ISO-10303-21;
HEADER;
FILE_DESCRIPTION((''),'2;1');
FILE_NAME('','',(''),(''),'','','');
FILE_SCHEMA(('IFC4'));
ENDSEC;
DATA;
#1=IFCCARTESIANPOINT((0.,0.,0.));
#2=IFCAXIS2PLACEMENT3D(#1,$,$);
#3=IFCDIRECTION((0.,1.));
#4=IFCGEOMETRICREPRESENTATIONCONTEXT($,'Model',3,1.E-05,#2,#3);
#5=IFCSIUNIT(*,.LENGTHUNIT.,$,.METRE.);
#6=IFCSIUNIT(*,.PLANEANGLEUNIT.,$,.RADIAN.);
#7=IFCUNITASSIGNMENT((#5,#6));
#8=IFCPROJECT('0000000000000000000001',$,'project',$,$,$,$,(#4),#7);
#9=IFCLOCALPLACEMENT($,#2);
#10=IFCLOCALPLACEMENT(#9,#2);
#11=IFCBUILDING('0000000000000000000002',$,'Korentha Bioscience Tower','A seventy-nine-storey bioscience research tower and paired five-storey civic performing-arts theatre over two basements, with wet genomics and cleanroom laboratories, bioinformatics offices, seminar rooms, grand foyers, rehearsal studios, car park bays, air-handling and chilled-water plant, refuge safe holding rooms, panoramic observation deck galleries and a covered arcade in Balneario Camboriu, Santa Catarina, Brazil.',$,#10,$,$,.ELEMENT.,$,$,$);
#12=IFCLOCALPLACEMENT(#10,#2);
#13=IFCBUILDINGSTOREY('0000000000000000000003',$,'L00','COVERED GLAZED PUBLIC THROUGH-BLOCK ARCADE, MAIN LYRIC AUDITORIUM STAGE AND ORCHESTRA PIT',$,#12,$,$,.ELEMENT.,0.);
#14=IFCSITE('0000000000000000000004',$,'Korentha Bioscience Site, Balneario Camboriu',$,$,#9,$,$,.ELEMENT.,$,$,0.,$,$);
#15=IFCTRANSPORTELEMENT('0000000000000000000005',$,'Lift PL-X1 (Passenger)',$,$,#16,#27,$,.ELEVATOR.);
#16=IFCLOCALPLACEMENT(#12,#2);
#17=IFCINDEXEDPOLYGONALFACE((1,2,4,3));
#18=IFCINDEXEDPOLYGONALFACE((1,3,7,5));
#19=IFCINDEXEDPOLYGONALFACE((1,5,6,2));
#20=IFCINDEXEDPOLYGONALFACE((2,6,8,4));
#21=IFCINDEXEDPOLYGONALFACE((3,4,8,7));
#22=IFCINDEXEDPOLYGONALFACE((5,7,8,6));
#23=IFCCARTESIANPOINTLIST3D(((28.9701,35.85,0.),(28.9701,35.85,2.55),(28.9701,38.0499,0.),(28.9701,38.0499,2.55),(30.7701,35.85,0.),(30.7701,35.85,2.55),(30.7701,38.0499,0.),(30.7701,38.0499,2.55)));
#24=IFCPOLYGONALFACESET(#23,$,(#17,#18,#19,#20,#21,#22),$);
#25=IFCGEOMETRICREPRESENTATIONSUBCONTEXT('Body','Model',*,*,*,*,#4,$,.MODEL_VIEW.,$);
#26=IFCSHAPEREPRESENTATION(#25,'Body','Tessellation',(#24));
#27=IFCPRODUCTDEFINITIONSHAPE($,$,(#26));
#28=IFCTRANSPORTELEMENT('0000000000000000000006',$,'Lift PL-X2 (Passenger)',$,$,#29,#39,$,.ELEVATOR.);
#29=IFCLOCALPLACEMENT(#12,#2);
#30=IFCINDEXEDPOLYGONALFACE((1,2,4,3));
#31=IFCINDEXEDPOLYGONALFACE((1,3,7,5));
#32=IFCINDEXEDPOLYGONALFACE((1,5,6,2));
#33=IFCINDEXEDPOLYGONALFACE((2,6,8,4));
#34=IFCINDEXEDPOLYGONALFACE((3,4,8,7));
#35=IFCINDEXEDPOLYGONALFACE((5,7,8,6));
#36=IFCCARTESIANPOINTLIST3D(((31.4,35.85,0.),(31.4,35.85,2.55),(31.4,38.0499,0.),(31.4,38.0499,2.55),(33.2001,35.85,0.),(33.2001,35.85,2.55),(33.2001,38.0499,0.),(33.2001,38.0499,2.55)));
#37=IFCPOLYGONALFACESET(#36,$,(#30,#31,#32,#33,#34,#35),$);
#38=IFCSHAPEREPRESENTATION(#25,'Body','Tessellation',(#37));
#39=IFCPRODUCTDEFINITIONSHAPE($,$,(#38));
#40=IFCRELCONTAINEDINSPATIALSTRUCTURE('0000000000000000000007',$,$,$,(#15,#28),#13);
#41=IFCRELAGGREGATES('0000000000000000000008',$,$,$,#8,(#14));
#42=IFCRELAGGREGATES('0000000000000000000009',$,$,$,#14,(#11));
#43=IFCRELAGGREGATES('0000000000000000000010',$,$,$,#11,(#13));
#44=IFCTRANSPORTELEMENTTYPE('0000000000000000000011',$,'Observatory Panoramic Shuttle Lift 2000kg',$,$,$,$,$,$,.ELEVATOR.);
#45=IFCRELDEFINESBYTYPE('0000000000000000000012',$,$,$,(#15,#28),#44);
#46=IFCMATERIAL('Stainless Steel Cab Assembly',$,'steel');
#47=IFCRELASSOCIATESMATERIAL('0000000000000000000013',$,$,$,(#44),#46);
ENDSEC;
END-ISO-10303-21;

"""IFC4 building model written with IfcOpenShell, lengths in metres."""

from ifc_helpers import new_model, si_unit, direction, frame, origin, origin_2d, place, context, subcontext, project, spatial, rectangle, extrude, material, type_object, element, save


model = new_model("IFC4")

# Units and contexts
model_context = context("Model", 3, precision=1e-05, world=origin(), true_north=direction((0.0, 1.0)))
body_context = subcontext(model_context, "Body", "Model", "MODEL_VIEW")
ifc_project = project(units=[si_unit("LENGTHUNIT", "METRE"), si_unit("PLANEANGLEUNIT", "RADIAN")], contexts=[model_context])

# Site, building, storey
site_placement = place(None, origin())
site = spatial("IfcSite", under=ifc_project, at=site_placement, Name="Korentha Bioscience Site, Balneario Camboriu", CompositionType="ELEMENT", RefElevation=0.0)
building_placement = place(site_placement, origin())
building = spatial("IfcBuilding", under=site, at=building_placement, Name="Korentha Bioscience Tower", Description="A seventy-nine-storey bioscience research tower and paired five-storey civic performing-arts theatre over two basements, with wet genomics and cleanroom laboratories, bioinformatics offices, seminar rooms, grand foyers, rehearsal studios, car park bays, air-handling and chilled-water plant, refuge safe holding rooms, panoramic observation deck galleries and a covered arcade in Balneario Camboriu, Santa Catarina, Brazil.", CompositionType="ELEMENT")
storey_placement = place(building_placement, origin())
storey = spatial("IfcBuildingStorey", under=building, at=storey_placement, Name="L00", Description="COVERED GLAZED PUBLIC THROUGH-BLOCK ARCADE, MAIN LYRIC AUDITORIUM STAGE AND ORCHESTRA PIT", CompositionType="ELEMENT", Elevation=0.0)

# Transport elements
ifc_material_1 = material(Name="Stainless Steel Cab Assembly", Category="steel")
transport_element_type = type_object("IfcTransportElementType", Name="Observatory Panoramic Shuttle Lift 2000kg", PredefinedType="ELEVATOR", material=ifc_material_1)
for number, where, z_axis, x_axis, name in (
    (1, (29.8701, 36.95, 0.0), (0.0, 0.0, 1.0), (1.0, 0.0, 0.0), "Lift PL-X1 (Passenger)"),
    (2, (32.3, 36.95, 0.0), (0.0, 0.0, 1.0), (1.0, 0.0, 0.0), "Lift PL-X2 (Passenger)"),
):
    element("IfcTransportElement", number, at=place(storey_placement, frame(where, z_axis=z_axis, x_axis=x_axis)), inside=storey, type_object=transport_element_type, Name=name, PredefinedType="ELEVATOR", context=body_context, shape_type="SweptSolid", body=[
        extrude(rectangle(XDim=1.8, YDim=2.2, at=origin_2d()), origin(), (0.0, 0.0, 1.0), 2.55),
    ])

save(model, "model.ifc")
